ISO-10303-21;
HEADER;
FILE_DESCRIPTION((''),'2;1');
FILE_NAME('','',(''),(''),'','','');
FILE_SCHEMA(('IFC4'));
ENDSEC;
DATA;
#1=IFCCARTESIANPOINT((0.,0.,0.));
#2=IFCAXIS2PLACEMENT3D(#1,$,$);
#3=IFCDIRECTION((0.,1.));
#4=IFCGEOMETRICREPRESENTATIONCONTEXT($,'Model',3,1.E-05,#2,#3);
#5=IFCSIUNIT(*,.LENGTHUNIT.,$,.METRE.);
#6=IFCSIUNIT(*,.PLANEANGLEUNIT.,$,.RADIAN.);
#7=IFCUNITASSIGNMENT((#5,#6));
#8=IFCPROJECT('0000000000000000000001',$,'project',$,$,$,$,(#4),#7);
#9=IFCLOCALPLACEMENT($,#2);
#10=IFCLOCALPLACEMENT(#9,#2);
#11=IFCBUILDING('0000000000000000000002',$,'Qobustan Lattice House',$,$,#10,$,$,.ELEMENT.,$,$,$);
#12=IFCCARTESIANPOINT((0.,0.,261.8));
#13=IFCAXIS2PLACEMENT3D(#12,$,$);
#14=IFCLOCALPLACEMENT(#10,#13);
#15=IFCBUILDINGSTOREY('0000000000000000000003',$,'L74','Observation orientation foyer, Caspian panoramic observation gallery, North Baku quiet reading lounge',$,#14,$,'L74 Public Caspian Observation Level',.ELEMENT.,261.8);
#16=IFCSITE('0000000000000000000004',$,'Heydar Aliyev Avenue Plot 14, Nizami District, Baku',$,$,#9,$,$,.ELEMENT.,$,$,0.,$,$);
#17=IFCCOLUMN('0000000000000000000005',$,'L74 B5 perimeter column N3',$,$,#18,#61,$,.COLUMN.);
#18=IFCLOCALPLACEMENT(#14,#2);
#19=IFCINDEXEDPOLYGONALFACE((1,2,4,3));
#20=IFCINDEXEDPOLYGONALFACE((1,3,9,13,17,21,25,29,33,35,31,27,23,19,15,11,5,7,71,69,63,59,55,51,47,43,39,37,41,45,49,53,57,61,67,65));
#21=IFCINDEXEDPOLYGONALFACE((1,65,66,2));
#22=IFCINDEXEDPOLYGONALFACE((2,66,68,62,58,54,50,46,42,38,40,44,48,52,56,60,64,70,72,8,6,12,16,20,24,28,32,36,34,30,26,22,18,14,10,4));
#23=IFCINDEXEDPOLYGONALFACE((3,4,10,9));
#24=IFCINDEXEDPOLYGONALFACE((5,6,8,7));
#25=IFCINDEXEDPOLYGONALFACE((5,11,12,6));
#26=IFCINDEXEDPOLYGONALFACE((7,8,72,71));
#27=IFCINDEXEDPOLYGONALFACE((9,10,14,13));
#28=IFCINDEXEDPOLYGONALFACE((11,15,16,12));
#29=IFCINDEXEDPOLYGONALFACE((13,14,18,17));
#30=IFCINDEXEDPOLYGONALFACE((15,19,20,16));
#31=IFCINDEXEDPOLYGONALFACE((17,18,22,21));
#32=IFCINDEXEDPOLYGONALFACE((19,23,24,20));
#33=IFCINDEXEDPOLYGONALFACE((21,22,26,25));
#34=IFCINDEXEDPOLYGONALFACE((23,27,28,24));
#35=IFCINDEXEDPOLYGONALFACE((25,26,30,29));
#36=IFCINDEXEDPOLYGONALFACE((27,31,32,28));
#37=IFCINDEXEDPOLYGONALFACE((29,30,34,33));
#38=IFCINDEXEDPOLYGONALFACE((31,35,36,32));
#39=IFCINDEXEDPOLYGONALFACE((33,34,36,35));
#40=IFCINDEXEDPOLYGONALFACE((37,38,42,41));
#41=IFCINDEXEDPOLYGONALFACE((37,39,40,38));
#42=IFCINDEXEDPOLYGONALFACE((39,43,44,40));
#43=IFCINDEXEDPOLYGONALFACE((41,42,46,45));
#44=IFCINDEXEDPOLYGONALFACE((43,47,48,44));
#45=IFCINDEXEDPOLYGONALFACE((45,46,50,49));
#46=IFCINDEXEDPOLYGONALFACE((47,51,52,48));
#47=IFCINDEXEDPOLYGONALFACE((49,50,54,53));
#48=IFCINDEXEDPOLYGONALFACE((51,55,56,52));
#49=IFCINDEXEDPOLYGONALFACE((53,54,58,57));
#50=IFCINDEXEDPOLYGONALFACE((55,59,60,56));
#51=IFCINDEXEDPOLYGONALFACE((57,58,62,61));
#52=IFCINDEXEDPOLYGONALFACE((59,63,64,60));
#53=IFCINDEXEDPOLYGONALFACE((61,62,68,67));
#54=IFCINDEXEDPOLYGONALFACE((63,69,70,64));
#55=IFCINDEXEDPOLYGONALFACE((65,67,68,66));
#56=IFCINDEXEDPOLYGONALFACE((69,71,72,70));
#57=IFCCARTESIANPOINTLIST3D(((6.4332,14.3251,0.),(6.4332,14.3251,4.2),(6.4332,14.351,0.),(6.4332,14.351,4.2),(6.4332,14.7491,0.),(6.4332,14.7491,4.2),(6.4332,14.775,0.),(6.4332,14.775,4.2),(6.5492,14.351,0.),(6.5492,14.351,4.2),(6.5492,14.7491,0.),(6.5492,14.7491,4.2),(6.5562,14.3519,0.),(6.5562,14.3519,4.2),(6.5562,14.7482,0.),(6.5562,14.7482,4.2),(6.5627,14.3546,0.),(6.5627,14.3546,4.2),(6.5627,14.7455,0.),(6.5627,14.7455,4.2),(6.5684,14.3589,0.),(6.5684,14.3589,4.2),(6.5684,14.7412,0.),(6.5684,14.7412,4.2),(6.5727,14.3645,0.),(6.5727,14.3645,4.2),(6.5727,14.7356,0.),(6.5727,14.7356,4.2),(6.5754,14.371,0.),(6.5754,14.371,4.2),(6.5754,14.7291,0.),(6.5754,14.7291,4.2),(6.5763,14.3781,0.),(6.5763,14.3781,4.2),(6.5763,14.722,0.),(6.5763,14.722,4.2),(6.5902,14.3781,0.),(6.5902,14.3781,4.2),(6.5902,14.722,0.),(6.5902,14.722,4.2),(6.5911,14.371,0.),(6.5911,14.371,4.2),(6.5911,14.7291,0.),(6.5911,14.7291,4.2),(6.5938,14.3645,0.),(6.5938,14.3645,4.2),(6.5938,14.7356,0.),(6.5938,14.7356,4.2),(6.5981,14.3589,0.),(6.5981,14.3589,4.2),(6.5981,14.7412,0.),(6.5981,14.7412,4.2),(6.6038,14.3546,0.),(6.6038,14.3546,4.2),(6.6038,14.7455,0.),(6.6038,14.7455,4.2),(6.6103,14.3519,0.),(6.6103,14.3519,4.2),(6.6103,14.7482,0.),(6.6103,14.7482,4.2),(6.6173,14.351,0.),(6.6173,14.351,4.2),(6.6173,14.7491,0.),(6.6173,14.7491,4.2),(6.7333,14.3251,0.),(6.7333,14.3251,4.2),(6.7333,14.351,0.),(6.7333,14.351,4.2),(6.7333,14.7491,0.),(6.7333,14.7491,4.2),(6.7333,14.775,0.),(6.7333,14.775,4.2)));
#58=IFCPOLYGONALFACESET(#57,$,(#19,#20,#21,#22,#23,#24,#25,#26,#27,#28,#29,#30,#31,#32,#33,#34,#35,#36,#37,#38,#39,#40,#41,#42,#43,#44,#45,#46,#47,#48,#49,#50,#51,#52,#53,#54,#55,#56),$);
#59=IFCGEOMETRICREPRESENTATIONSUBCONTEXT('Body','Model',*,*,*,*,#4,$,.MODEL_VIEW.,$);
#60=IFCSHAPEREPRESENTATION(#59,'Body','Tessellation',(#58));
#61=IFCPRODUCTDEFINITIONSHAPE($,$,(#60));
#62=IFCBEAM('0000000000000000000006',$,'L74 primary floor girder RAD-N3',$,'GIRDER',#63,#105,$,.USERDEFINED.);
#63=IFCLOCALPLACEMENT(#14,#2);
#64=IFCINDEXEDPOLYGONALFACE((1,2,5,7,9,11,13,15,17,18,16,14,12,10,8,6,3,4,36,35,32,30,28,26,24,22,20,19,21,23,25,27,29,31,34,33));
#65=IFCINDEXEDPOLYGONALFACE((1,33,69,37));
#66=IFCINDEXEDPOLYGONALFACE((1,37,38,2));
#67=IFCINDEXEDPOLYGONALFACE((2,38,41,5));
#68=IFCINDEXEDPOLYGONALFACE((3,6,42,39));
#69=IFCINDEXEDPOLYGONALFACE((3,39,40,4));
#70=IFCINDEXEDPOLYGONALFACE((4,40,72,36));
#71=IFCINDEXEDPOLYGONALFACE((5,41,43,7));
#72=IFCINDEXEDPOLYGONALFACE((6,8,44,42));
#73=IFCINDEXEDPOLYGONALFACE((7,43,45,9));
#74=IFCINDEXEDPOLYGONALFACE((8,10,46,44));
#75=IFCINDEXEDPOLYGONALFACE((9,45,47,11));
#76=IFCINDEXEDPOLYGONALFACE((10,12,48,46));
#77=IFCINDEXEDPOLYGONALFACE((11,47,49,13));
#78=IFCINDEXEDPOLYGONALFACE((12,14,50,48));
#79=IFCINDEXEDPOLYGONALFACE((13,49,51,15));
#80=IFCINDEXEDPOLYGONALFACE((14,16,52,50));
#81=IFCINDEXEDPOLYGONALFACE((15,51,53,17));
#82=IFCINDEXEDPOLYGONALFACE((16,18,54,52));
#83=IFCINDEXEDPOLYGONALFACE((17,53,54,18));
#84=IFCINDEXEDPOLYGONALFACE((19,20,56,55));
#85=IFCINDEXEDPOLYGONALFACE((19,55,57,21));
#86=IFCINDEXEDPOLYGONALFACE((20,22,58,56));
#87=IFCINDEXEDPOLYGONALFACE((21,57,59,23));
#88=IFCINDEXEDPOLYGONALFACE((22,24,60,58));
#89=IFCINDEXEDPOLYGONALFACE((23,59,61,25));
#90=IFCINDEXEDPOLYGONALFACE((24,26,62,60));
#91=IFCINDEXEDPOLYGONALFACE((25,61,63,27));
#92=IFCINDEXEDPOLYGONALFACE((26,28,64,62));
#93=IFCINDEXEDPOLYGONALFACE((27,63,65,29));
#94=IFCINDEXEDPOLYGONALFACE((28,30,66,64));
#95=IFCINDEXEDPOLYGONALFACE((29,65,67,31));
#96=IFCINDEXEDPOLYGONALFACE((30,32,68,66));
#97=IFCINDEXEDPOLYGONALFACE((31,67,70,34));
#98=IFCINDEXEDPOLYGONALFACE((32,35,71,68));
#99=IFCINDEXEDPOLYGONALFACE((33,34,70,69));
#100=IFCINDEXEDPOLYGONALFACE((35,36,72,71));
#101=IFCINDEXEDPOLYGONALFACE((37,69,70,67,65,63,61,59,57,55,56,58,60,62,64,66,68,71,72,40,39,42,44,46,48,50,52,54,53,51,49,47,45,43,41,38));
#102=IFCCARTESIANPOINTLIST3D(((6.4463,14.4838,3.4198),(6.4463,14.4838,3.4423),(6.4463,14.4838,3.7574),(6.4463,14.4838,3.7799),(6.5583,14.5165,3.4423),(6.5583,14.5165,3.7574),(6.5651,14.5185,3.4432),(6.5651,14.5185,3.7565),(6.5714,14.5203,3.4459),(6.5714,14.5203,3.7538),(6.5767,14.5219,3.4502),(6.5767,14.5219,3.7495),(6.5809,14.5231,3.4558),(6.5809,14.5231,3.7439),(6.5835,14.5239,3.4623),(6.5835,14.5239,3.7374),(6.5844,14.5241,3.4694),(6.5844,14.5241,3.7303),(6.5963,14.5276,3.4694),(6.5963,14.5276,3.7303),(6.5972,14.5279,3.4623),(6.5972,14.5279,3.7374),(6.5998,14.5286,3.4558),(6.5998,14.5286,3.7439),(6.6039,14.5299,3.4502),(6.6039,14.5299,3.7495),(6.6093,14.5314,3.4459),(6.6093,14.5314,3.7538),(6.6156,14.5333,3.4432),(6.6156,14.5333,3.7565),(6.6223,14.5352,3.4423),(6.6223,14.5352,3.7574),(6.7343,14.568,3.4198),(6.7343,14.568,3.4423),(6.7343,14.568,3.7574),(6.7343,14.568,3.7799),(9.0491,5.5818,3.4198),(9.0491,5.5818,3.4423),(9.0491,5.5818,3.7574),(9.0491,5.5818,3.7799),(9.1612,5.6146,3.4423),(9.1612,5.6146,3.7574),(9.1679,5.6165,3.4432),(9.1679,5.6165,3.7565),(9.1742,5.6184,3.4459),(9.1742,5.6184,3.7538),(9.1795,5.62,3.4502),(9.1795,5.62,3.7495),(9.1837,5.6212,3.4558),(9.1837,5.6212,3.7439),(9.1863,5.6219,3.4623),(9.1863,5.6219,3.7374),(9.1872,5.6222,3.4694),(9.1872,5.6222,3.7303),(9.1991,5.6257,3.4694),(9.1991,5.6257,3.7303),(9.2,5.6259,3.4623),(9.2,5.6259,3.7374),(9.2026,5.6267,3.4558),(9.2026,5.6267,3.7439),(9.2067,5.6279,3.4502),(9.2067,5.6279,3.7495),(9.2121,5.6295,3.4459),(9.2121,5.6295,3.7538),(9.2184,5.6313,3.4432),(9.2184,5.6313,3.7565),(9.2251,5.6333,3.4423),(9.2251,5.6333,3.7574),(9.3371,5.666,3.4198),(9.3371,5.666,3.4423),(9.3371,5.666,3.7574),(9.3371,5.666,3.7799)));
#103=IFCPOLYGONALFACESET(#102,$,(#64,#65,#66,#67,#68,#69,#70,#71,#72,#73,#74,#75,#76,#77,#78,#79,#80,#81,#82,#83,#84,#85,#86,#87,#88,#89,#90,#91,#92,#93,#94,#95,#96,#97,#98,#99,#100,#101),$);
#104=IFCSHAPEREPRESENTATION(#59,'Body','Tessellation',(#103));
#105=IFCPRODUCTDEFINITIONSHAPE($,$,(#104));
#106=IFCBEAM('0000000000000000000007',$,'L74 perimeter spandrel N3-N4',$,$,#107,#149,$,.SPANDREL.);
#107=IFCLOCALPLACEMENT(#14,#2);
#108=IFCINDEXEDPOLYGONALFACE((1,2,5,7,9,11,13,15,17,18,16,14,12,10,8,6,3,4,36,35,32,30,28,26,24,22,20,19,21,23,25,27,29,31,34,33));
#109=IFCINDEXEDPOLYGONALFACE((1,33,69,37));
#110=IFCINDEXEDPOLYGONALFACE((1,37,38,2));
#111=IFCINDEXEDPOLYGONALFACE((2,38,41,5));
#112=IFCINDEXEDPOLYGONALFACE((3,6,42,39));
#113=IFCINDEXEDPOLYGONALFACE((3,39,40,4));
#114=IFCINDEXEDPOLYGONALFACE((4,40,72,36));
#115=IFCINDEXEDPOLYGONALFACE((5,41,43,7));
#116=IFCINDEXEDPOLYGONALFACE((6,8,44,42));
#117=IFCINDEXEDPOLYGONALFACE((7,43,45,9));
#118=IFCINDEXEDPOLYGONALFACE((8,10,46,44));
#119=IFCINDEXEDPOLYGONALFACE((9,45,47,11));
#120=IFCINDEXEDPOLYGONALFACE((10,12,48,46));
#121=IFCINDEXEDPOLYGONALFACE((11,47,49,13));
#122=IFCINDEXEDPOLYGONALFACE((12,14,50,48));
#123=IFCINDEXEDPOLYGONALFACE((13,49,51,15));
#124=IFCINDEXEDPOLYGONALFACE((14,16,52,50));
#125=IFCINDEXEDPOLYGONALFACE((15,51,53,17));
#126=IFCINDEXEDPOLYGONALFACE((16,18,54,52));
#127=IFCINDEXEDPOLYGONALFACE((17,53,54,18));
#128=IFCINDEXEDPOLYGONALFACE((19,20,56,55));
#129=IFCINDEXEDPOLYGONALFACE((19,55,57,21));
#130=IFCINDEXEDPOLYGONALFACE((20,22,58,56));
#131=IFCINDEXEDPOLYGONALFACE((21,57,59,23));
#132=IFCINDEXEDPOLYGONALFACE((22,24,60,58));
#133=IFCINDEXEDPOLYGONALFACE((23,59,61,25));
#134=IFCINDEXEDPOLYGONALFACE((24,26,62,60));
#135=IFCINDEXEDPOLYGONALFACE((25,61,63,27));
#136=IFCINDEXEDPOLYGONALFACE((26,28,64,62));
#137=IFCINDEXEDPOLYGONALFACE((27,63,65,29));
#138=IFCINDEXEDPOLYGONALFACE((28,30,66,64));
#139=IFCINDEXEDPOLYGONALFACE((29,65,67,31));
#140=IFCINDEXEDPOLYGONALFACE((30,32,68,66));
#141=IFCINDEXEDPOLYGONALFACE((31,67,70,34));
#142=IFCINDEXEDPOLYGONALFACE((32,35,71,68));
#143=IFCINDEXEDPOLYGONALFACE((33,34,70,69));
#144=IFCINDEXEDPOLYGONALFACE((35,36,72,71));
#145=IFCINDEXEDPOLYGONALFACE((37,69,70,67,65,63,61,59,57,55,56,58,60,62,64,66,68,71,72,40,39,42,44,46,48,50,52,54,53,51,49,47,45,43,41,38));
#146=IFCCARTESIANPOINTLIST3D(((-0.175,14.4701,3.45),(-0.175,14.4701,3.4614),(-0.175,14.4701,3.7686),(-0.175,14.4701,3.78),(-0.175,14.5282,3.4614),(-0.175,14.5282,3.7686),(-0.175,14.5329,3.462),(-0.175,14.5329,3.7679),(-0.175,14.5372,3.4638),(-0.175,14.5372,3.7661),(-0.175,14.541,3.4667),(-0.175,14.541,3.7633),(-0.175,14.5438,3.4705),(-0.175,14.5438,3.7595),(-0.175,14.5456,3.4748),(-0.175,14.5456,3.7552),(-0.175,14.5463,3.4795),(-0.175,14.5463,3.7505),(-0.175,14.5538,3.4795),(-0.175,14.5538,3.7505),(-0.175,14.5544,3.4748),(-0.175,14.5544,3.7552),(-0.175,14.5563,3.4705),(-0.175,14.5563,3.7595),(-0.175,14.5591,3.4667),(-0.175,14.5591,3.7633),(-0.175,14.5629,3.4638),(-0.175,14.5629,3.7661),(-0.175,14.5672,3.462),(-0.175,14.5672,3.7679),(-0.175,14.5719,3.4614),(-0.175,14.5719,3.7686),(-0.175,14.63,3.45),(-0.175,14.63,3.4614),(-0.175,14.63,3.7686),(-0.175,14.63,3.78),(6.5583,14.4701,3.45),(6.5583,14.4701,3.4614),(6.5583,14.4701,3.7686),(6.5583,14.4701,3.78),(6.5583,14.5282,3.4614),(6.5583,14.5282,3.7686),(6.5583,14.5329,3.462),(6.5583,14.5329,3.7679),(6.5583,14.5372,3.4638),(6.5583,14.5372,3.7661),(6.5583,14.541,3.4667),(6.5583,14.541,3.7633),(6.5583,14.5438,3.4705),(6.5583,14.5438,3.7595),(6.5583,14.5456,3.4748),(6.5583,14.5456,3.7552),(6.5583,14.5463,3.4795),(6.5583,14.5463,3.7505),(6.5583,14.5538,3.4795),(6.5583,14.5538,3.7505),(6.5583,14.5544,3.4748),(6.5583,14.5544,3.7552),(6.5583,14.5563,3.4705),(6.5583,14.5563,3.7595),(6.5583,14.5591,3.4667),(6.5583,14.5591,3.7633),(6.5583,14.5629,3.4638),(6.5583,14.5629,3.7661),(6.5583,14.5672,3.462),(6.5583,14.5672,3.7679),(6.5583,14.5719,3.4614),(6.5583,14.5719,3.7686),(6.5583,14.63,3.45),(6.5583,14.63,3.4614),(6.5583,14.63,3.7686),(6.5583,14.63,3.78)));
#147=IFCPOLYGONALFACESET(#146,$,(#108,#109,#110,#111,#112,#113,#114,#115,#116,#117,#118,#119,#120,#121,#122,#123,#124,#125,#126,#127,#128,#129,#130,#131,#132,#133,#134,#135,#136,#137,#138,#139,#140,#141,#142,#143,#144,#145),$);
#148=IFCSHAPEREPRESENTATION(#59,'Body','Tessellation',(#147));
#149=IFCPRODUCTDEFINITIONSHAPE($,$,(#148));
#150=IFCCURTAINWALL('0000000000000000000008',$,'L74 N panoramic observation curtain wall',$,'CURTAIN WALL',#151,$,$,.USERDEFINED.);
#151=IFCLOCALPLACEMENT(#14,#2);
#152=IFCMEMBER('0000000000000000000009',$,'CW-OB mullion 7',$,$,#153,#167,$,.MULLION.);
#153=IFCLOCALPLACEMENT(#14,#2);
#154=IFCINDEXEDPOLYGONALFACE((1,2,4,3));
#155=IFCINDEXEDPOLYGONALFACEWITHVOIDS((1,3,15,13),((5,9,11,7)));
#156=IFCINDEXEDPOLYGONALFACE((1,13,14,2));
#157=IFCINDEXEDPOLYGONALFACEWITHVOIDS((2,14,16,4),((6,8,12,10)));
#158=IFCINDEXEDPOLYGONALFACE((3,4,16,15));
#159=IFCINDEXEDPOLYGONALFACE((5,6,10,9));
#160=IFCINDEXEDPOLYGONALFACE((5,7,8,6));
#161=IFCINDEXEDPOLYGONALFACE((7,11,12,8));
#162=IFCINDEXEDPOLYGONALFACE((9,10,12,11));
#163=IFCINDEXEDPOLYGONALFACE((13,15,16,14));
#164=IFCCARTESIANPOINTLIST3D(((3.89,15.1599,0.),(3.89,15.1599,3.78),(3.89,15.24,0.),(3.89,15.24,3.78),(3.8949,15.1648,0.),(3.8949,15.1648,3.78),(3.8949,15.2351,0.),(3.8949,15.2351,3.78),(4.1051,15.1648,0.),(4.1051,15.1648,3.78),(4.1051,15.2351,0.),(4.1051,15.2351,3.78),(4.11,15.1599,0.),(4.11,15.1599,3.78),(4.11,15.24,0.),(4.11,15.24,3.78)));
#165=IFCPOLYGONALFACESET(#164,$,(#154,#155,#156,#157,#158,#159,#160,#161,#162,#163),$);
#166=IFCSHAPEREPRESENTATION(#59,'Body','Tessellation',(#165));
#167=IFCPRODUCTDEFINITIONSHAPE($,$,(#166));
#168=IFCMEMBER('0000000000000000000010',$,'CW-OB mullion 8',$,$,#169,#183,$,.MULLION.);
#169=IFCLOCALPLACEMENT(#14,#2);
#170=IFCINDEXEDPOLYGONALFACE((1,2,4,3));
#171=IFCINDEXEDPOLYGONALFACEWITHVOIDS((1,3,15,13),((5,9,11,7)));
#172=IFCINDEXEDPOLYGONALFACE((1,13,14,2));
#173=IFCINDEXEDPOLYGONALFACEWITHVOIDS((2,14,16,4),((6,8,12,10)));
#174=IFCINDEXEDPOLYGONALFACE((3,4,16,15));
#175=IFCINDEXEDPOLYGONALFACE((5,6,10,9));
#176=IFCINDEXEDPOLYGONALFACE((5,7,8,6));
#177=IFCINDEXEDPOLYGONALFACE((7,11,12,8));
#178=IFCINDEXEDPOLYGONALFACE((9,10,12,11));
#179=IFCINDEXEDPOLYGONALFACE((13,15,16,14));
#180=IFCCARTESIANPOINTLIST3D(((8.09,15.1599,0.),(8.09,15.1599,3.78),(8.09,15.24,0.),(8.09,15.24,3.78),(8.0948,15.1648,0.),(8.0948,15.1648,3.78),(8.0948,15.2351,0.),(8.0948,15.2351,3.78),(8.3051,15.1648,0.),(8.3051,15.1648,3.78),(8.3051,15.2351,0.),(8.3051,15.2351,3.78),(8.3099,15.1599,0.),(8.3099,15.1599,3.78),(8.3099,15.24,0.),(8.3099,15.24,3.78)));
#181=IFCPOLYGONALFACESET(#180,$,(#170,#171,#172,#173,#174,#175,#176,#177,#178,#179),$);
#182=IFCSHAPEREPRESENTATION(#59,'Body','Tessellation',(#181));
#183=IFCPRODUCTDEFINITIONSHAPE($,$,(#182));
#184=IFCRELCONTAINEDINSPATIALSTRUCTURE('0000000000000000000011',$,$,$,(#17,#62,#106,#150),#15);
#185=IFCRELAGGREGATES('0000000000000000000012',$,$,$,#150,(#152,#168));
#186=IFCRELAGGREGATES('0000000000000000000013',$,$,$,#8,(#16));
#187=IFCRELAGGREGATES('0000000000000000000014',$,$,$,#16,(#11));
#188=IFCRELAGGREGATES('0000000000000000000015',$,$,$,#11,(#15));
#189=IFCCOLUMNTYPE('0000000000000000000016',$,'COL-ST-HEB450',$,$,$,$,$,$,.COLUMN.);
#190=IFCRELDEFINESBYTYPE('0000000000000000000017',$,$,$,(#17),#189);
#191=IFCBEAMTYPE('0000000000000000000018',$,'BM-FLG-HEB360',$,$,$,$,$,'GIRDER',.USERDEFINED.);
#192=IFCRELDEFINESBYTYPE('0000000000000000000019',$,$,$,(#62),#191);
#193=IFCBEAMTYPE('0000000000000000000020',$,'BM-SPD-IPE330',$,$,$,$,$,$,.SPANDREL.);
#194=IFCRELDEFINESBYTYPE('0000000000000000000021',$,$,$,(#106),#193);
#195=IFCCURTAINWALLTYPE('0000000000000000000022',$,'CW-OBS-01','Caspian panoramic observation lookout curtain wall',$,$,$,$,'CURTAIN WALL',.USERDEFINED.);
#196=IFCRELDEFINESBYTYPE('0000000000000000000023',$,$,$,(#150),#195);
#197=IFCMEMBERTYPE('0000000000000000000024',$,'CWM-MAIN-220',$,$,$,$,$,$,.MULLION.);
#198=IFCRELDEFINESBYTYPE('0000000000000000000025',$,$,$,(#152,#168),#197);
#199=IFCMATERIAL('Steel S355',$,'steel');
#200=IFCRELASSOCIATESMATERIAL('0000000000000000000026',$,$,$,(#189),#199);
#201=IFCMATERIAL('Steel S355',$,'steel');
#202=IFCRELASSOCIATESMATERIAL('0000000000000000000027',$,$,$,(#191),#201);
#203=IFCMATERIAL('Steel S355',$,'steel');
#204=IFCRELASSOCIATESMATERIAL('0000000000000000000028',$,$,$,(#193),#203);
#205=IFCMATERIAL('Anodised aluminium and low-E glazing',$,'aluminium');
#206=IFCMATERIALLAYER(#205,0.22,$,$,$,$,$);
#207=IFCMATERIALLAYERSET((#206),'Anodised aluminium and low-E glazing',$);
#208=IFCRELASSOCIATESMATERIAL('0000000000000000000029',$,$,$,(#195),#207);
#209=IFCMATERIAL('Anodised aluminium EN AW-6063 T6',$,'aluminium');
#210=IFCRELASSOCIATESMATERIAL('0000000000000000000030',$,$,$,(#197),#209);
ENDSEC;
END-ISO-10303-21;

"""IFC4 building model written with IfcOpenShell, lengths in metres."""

from ifc_helpers import new_model, si_unit, direction, frame, origin, origin_2d, place, context, subcontext, project, spatial, hollow_rectangle, i_section, extrude, material, layer, layer_set, material_profile, profile_set, type_object, element, aggregate, save


model = new_model("IFC4")

# Units and contexts
model_context = context("Model", 3, precision=1e-05, world=origin(), true_north=direction((0.0, 1.0)))
body_context = subcontext(model_context, "Body", "Model", "MODEL_VIEW")
ifc_project = project(units=[si_unit("LENGTHUNIT", "METRE"), si_unit("PLANEANGLEUNIT", "RADIAN")], contexts=[model_context])

# Site, building, storey
site_placement = place(None, origin())
site = spatial("IfcSite", under=ifc_project, at=site_placement, Name="Heydar Aliyev Avenue Plot 14, Nizami District, Baku", CompositionType="ELEMENT", RefElevation=0.0)
building_placement = place(site_placement, origin())
building = spatial("IfcBuilding", under=site, at=building_placement, Name="Qobustan Lattice House", CompositionType="ELEMENT")
storey_placement = place(building_placement, frame((0.0, 0.0, 261.8)))
storey = spatial("IfcBuildingStorey", under=building, at=storey_placement, Name="L74", Description="Observation orientation foyer, Caspian panoramic observation gallery, North Baku quiet reading lounge", LongName="L74 Public Caspian Observation Level", CompositionType="ELEMENT", Elevation=261.8)

# Column
ifc_material_1 = material(Name="Steel S355", Category="steel")
ifc_material_profile_1 = material_profile(ifc_material_1, i_section(OverallWidth=0.3, OverallDepth=0.45, WebThickness=0.0139, FlangeThickness=0.0259, FilletRadius=0.0271, at=origin_2d()), Name="HEB450")
ifc_profile_set_1 = profile_set([ifc_material_profile_1], Name="Steel S355")
column_type = type_object("IfcColumnType", Name="COL-ST-HEB450", PredefinedType="COLUMN", material=ifc_profile_set_1)
column_placement = place(storey_placement, frame((6.5833, 14.55, 0.0), z_axis=(0.0, 0.0, 1.0), x_axis=(1.0, 0.0, 0.0)))
element("IfcColumn", 1, at=column_placement, inside=storey, type_object=column_type, Name="L74 B5 perimeter column N3", PredefinedType="COLUMN", context=body_context, shape_type="SweptSolid", body=[
    extrude(i_section(OverallWidth=0.3, OverallDepth=0.45, WebThickness=0.0139, FlangeThickness=0.0259, FilletRadius=0.0271, at=origin_2d()), origin(), (0.0, 0.0, 1.0), 4.2),
])

# Beams
ifc_material_2 = material(Name="Steel S355", Category="steel")
ifc_material_profile_2 = material_profile(ifc_material_2, i_section(OverallWidth=0.3, OverallDepth=0.3601, WebThickness=0.0125, FlangeThickness=0.0225, FilletRadius=0.0271, at=origin_2d()), Name="HEB360")
ifc_profile_set_2 = profile_set([ifc_material_profile_2], Name="Steel S355")
beam_type_1 = type_object("IfcBeamType", Name="BM-FLG-HEB360", ElementType="GIRDER", PredefinedType="USERDEFINED", material=ifc_profile_set_2)
beam_1_placement = place(storey_placement, frame((6.5903, 14.5259, 3.5999), z_axis=(0.280637, -0.959814, 0.0), x_axis=(0.959814, 0.280637, 0.0)))
element("IfcBeam", 2, at=beam_1_placement, inside=storey, type_object=beam_type_1, Name="L74 primary floor girder RAD-N3", ObjectType="GIRDER", PredefinedType="USERDEFINED", context=body_context, shape_type="SweptSolid", body=[
    extrude(i_section(OverallWidth=0.3, OverallDepth=0.3601, WebThickness=0.0125, FlangeThickness=0.0225, FilletRadius=0.0271, at=origin_2d()), origin(), (0.0, 0.0, 1.0), 9.2747),
])
ifc_material_3 = material(Name="Steel S355", Category="steel")
ifc_material_profile_3 = material_profile(ifc_material_3, i_section(OverallWidth=0.1599, OverallDepth=0.3301, WebThickness=0.0076, FlangeThickness=0.0115, FilletRadius=0.0181, at=origin_2d()), Name="IPE330")
ifc_profile_set_3 = profile_set([ifc_material_profile_3], Name="Steel S355")
beam_type_2 = type_object("IfcBeamType", Name="BM-SPD-IPE330", PredefinedType="SPANDREL", material=ifc_profile_set_3)
beam_2_placement = place(storey_placement, frame((6.5583, 14.55, 3.615), z_axis=(-1.0, 0.0, 0.0), x_axis=(0.0, -1.0, 0.0)))
element("IfcBeam", 3, at=beam_2_placement, inside=storey, type_object=beam_type_2, Name="L74 perimeter spandrel N3-N4", PredefinedType="SPANDREL", context=body_context, shape_type="SweptSolid", body=[
    extrude(i_section(OverallWidth=0.1599, OverallDepth=0.3301, WebThickness=0.0076, FlangeThickness=0.0115, FilletRadius=0.0181, at=origin_2d()), origin(), (0.0, 0.0, 1.0), 6.7334),
])

# Curtain wall, members
ifc_material_4 = material(Name="Anodised aluminium and low-E glazing", Category="aluminium")
ifc_layer_1 = layer(ifc_material_4, 0.22)
ifc_layer_set_1 = layer_set([ifc_layer_1], Name="Anodised aluminium and low-E glazing")
curtain_wall_type = type_object("IfcCurtainWallType", Name="CW-OBS-01", Description="Caspian panoramic observation lookout curtain wall", ElementType="CURTAIN WALL", PredefinedType="USERDEFINED", material=ifc_layer_set_1)
curtain_wall_placement = place(storey_placement, origin())
curtain_wall = element("IfcCurtainWall", 4, at=curtain_wall_placement, inside=storey, type_object=curtain_wall_type, Name="L74 N panoramic observation curtain wall", ObjectType="CURTAIN WALL", PredefinedType="USERDEFINED")
ifc_material_5 = material(Name="Anodised aluminium EN AW-6063 T6", Category="aluminium")
ifc_material_profile_4 = material_profile(ifc_material_5, hollow_rectangle(XDim=0.0801, YDim=0.22, WallThickness=0.0049, at=origin_2d()), Name="CWM-220x80")
ifc_profile_set_4 = profile_set([ifc_material_profile_4], Name="Anodised aluminium EN AW-6063 T6")
member_type_1 = type_object("IfcMemberType", Name="CWM-MAIN-220", PredefinedType="MULLION", material=ifc_profile_set_4)
member_1_placement = place(storey_placement, frame((4.0, 15.2, 0.0), z_axis=(0.0, 0.0, 1.0), x_axis=(0.0, 1.0, 0.0)))
member_1 = element("IfcMember", 5, at=member_1_placement, type_object=member_type_1, Name="CW-OB mullion 7", PredefinedType="MULLION", context=body_context, shape_type="SweptSolid", body=[
    extrude(hollow_rectangle(XDim=0.0801, YDim=0.22, WallThickness=0.0049, at=origin_2d()), origin(), (0.0, 0.0, 1.0), 3.78),
])
member_2_placement = place(storey_placement, frame((8.2, 15.2, 0.0), z_axis=(0.0, 0.0, 1.0), x_axis=(0.0, 1.0, 0.0)))
member_2 = element("IfcMember", 6, at=member_2_placement, type_object=member_type_1, Name="CW-OB mullion 8", PredefinedType="MULLION", context=body_context, shape_type="SweptSolid", body=[
    extrude(hollow_rectangle(XDim=0.0801, YDim=0.22, WallThickness=0.0049, at=origin_2d()), origin(), (0.0, 0.0, 1.0), 3.78),
])
aggregate(curtain_wall, [member_1, member_2])

save(model, "model.ifc")
